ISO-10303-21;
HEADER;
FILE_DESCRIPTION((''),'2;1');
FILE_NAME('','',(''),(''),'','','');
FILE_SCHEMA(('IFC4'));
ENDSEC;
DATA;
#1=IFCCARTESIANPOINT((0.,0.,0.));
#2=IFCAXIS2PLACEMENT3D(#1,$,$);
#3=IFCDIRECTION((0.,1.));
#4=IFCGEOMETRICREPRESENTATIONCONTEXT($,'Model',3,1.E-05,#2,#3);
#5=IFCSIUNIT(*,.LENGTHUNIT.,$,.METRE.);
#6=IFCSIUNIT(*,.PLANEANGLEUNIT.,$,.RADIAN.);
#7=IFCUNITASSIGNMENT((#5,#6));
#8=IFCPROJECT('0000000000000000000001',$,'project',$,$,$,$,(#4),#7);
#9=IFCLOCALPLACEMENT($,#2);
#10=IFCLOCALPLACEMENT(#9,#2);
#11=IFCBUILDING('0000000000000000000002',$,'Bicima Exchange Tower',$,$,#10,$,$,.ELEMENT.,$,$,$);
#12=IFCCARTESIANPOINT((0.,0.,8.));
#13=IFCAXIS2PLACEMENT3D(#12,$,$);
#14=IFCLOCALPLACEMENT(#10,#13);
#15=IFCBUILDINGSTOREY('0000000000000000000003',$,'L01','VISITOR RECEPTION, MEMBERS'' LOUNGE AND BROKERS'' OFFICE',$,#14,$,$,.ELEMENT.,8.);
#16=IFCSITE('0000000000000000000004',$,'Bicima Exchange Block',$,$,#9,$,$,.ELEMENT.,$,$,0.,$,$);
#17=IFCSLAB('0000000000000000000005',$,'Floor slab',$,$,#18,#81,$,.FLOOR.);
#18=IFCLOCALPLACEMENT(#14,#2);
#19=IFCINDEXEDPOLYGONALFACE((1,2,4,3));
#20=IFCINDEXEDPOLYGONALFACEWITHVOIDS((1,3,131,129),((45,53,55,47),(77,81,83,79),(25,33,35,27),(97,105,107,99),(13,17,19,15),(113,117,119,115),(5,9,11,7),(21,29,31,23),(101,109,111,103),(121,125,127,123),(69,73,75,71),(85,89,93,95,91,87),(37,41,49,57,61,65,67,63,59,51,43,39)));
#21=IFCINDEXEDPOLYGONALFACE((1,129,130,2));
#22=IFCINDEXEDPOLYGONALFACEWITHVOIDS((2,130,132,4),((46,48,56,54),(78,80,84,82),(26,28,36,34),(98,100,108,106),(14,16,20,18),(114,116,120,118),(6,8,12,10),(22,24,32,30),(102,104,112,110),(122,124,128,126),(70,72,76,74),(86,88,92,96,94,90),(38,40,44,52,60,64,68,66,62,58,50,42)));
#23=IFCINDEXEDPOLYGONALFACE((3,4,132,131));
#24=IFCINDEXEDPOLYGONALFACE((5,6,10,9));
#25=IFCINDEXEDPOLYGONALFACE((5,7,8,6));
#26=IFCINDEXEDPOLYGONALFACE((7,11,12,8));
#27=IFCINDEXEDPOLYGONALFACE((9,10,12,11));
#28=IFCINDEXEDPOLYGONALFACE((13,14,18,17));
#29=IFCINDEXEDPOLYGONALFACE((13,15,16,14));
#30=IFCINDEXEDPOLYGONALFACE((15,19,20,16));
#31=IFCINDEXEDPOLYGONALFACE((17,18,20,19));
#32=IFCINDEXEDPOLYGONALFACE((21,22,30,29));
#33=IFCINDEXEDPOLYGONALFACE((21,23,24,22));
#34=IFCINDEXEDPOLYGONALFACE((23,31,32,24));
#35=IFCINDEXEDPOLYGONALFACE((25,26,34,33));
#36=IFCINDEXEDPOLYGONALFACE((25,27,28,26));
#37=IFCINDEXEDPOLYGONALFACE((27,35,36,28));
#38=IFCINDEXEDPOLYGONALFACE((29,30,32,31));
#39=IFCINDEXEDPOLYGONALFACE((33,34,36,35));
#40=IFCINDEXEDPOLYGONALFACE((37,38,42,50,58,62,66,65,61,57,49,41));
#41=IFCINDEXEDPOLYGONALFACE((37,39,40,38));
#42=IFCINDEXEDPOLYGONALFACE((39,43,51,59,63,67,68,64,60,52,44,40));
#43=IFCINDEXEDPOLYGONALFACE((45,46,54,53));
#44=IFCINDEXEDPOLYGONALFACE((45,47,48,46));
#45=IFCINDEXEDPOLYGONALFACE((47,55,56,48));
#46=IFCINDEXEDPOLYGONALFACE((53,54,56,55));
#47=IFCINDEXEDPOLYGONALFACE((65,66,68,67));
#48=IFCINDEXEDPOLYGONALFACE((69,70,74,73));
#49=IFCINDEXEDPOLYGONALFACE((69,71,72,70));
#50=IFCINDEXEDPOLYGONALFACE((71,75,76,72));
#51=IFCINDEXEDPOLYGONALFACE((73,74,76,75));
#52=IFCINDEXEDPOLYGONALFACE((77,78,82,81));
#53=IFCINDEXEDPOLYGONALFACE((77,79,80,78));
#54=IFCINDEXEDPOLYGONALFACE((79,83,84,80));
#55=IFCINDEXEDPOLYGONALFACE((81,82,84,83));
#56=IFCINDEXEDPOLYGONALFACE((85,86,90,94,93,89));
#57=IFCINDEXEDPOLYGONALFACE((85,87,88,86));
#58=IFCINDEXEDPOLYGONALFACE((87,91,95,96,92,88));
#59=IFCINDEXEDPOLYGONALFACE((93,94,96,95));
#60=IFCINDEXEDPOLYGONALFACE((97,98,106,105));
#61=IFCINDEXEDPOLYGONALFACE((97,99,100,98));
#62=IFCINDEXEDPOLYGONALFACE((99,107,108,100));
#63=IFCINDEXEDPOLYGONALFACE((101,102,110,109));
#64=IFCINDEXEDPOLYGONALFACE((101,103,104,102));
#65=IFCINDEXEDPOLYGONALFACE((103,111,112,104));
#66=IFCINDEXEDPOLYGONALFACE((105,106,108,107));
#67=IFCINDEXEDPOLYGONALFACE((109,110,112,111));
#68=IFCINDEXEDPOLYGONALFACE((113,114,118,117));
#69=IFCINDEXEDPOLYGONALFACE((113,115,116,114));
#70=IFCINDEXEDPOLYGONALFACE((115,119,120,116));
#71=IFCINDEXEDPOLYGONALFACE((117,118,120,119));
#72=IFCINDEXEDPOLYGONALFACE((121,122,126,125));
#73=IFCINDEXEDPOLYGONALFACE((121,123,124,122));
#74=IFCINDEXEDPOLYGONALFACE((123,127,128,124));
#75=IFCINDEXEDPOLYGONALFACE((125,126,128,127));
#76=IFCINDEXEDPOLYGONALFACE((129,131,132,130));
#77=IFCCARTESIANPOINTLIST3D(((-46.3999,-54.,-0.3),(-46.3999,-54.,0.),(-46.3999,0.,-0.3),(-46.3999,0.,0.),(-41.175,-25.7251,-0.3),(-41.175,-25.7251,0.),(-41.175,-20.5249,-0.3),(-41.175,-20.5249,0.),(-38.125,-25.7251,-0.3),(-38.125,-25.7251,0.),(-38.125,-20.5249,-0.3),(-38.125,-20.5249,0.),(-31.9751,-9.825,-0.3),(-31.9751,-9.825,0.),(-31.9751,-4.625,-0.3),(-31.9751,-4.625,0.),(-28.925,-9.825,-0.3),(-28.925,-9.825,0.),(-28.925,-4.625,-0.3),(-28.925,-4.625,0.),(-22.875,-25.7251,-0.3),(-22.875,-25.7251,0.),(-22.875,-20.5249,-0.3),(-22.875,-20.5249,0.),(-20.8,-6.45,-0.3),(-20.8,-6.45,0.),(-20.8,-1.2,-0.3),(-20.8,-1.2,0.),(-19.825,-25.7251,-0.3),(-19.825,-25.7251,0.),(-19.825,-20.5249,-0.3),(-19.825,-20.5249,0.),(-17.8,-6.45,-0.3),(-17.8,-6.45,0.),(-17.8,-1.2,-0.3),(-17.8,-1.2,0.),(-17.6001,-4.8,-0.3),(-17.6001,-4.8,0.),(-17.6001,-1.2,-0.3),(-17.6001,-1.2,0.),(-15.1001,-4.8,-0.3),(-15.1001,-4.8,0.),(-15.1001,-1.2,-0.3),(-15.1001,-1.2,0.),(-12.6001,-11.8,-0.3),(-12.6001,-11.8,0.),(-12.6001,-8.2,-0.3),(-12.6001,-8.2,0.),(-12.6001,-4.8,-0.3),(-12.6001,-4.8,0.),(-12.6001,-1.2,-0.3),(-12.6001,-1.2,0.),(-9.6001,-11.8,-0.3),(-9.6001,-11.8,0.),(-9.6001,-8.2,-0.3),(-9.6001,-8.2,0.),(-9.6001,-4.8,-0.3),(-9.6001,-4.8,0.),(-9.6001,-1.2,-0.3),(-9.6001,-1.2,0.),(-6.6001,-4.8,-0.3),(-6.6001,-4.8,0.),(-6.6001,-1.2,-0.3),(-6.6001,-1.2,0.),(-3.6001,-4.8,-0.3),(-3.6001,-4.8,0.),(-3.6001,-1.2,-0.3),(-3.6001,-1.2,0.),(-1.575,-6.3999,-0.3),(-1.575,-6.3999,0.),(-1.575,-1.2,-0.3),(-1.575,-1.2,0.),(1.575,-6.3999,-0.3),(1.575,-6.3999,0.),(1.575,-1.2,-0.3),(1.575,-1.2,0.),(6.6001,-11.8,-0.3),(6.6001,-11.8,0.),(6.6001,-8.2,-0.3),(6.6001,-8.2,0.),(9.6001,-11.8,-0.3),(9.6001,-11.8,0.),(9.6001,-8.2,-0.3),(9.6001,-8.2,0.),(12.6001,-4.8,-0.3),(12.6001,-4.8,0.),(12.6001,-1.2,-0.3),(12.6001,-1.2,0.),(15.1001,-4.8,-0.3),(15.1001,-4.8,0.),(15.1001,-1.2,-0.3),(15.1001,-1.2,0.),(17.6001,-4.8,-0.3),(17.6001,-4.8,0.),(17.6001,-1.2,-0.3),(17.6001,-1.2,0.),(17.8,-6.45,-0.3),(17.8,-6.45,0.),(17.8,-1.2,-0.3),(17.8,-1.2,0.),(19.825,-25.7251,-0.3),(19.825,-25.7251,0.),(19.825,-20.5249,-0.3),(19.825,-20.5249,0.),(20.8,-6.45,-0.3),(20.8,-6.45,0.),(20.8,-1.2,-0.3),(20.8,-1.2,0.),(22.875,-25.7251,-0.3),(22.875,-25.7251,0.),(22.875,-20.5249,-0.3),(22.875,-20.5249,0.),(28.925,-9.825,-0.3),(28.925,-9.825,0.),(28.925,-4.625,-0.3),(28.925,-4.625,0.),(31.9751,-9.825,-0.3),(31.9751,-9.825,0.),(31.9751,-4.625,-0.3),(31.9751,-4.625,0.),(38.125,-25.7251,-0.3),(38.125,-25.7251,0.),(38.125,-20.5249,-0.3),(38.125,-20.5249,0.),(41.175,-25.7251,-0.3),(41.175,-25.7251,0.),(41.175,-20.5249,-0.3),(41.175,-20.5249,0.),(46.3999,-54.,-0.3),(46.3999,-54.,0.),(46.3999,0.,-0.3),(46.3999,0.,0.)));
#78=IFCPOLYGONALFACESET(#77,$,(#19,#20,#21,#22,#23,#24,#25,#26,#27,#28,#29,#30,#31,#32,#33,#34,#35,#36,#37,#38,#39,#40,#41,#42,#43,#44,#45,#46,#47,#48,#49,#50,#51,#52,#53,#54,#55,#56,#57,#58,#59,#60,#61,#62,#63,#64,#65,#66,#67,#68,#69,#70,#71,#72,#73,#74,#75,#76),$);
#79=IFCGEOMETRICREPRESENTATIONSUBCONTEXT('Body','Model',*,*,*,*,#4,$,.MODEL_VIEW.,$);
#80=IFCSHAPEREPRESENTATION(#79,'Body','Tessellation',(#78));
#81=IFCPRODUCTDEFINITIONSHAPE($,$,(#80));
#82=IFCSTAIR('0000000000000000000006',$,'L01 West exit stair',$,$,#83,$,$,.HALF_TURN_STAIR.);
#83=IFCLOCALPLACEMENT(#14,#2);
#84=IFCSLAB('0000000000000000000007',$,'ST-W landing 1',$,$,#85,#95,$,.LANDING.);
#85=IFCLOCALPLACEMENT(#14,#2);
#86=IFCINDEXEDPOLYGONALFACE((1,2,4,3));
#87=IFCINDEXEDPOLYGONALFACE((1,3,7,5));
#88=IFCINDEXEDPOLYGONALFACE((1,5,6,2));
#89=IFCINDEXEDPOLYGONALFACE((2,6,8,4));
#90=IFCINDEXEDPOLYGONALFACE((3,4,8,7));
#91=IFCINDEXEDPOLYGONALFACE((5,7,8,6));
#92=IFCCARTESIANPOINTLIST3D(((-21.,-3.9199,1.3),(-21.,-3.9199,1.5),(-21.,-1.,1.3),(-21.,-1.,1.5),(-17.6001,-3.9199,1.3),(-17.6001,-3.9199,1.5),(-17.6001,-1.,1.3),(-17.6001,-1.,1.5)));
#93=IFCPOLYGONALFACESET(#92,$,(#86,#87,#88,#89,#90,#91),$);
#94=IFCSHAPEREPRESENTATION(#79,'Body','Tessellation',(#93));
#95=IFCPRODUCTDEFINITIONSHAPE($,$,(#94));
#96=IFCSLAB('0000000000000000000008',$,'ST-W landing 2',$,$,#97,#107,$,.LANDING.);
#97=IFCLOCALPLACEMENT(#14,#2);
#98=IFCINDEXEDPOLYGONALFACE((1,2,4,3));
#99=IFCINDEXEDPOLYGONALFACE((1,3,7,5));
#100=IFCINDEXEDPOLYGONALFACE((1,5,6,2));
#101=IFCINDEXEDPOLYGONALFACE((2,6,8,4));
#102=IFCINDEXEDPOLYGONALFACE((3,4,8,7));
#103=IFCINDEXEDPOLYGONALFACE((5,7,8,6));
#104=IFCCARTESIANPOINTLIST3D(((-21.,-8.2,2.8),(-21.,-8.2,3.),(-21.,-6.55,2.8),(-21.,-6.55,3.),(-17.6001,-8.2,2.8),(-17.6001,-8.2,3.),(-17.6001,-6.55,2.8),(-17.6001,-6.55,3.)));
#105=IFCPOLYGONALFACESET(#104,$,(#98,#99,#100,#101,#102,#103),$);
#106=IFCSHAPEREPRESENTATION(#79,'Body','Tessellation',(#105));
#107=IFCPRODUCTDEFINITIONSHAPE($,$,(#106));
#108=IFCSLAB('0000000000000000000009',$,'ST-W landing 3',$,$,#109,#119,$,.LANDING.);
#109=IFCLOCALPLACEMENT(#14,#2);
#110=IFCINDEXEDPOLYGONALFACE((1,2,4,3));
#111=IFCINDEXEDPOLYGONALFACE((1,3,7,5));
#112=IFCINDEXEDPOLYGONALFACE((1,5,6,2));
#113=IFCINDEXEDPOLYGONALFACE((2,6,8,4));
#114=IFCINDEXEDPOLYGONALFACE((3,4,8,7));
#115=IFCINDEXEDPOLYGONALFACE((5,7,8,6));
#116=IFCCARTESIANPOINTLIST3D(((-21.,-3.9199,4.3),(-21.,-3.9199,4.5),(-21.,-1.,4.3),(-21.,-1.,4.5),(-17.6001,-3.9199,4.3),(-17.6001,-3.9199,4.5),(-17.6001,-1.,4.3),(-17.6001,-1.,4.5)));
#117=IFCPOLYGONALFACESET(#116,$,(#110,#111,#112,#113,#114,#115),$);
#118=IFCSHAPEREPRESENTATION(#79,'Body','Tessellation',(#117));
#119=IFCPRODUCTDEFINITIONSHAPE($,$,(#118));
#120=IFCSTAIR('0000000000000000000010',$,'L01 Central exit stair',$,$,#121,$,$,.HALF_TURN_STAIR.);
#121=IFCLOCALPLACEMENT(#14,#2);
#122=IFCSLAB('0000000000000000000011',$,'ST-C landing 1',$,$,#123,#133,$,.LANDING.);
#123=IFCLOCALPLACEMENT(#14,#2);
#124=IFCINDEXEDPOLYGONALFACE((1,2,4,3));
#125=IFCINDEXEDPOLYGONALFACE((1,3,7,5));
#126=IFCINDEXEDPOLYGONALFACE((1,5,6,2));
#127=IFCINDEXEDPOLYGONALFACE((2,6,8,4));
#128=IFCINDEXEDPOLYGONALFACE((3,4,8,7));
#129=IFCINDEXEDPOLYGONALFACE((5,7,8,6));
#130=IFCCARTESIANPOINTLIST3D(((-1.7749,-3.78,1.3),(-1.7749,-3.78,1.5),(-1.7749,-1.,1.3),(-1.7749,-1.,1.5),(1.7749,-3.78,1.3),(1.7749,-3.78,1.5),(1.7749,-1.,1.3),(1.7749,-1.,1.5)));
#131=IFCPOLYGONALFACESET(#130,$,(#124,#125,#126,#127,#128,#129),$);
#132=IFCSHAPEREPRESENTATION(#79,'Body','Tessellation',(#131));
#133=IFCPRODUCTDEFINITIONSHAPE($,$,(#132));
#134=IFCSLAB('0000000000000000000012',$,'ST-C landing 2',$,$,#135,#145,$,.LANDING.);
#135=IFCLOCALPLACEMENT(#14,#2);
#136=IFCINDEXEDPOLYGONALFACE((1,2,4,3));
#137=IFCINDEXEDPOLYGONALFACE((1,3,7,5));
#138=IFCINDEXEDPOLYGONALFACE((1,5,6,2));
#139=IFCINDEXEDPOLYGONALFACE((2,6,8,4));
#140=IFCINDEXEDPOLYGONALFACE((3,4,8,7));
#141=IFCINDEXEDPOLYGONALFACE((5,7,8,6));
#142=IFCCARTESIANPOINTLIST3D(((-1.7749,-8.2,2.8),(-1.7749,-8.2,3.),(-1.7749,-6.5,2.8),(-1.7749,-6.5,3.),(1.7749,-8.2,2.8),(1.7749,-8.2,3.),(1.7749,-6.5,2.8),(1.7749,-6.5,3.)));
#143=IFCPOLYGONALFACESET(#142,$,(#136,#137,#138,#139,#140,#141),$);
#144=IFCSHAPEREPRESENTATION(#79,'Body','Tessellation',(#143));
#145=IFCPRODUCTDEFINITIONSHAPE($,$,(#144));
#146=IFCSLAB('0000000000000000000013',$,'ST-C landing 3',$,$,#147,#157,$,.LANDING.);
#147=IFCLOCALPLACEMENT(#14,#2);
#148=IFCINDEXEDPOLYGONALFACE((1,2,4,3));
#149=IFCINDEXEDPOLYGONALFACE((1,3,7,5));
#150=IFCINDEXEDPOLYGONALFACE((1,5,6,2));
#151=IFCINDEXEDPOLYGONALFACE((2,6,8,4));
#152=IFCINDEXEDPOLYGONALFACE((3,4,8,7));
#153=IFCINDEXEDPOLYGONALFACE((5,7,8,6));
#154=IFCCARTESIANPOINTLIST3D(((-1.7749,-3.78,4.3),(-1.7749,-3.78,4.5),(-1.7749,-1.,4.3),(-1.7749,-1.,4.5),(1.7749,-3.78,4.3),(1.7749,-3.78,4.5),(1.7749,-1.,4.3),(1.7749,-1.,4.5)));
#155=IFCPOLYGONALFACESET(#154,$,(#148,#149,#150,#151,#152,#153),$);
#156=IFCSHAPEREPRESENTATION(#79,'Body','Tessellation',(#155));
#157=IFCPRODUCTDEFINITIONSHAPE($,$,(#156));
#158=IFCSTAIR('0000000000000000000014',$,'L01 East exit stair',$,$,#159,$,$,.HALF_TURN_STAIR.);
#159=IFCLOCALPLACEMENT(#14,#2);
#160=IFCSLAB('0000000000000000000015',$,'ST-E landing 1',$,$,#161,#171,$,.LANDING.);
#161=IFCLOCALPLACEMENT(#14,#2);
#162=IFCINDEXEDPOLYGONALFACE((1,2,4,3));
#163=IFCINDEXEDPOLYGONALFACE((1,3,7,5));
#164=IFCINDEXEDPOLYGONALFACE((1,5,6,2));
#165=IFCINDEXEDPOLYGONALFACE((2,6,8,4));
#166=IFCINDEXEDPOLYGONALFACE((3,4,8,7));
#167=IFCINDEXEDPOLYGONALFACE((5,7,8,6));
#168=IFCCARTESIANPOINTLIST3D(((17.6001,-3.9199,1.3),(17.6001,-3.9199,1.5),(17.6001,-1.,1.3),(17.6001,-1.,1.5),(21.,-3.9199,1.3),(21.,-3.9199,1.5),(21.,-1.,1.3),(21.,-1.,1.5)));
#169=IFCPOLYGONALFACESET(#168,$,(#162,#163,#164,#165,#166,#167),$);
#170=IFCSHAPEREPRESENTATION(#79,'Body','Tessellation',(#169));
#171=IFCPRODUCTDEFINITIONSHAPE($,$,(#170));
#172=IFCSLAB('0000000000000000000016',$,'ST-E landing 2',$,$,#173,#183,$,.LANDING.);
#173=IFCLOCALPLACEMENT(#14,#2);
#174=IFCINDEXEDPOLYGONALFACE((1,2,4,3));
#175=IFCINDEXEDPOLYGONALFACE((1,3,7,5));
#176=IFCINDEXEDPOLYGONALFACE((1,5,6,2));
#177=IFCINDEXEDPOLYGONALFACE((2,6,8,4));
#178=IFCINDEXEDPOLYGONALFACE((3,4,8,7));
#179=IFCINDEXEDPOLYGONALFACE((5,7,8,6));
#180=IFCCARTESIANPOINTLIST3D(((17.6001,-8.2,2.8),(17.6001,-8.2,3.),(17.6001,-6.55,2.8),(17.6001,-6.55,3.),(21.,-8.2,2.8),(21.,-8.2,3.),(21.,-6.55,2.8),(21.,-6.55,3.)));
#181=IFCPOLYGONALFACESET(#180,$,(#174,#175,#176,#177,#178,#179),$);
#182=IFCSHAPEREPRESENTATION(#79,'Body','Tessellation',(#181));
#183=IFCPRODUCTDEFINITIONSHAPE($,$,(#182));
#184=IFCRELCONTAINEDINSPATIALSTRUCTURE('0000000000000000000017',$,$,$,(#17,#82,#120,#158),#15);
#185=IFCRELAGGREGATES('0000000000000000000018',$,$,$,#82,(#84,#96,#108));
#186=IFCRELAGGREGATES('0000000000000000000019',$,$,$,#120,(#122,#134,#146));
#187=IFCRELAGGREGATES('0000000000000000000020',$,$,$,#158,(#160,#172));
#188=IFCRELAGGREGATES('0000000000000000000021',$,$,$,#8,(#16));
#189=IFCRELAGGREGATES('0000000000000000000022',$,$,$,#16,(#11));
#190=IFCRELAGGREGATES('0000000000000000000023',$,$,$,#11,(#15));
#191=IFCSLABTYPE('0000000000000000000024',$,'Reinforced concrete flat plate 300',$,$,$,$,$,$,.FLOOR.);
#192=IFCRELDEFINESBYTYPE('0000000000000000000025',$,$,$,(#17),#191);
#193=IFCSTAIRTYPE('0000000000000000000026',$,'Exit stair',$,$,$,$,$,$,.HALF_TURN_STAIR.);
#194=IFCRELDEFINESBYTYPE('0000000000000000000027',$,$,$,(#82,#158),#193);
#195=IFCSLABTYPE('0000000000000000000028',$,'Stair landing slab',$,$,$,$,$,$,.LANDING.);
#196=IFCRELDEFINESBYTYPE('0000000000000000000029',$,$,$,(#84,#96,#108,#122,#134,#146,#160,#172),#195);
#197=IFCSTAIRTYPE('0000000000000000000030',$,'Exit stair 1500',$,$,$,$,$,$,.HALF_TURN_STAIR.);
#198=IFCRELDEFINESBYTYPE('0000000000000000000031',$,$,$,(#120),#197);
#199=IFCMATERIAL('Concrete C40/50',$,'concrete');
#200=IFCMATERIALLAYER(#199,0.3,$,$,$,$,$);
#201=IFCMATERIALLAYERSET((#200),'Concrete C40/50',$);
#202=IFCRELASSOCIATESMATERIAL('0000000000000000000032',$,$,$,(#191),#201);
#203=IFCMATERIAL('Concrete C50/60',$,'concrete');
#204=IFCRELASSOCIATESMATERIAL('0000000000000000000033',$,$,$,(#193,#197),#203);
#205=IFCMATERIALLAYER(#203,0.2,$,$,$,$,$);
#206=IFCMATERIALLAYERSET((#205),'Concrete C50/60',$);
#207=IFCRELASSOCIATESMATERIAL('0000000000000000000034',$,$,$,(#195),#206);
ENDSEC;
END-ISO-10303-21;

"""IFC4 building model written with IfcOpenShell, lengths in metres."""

from ifc_helpers import new_model, si_unit, direction, frame, origin, place, context, subcontext, project, spatial, polyline, outline, extrude, material, layer, layer_set, type_object, element, aggregate, save


model = new_model("IFC4")

# Units and contexts
model_context = context("Model", 3, precision=1e-05, world=origin(), true_north=direction((0.0, 1.0)))
body_context = subcontext(model_context, "Body", "Model", "MODEL_VIEW")
ifc_project = project(units=[si_unit("LENGTHUNIT", "METRE"), si_unit("PLANEANGLEUNIT", "RADIAN")], contexts=[model_context])

# Site, building, storey
site_placement = place(None, origin())
site = spatial("IfcSite", under=ifc_project, at=site_placement, Name="Bicima Exchange Block", CompositionType="ELEMENT", RefElevation=0.0)
building_placement = place(site_placement, origin())
building = spatial("IfcBuilding", under=site, at=building_placement, Name="Bicima Exchange Tower", CompositionType="ELEMENT")
storey_placement = place(building_placement, frame((0.0, 0.0, 8.0)))
storey = spatial("IfcBuildingStorey", under=building, at=storey_placement, Name="L01", Description="VISITOR RECEPTION, MEMBERS' LOUNGE AND BROKERS' OFFICE", CompositionType="ELEMENT", Elevation=8.0)

# Slab
ifc_material_1 = material(Name="Concrete C40/50", Category="concrete")
ifc_layer_1 = layer(ifc_material_1, 0.3)
ifc_layer_set_1 = layer_set([ifc_layer_1], Name="Concrete C40/50")
slab_type_1 = type_object("IfcSlabType", Name="Reinforced concrete flat plate 300", PredefinedType="FLOOR", material=ifc_layer_set_1)
slab_1_placement = place(storey_placement, frame((0.0, 0.0, -0.3)))
element("IfcSlab", 1, at=slab_1_placement, inside=storey, type_object=slab_type_1, Name="Floor slab", PredefinedType="FLOOR", context=body_context, shape_type="SweptSolid", body=[
    extrude(outline(polyline([(-46.3999, 0.0), (46.3999, 0.0), (46.3999, -54.0), (-46.3999, -54.0), (-46.3999, 0.0)]), holes=[polyline([(-41.175, -25.7251), (-38.125, -25.7251), (-38.125, -20.5249), (-41.175, -20.5249), (-41.175, -25.7251)]), polyline([(-22.875, -25.7251), (-19.825, -25.7251), (-19.825, -20.5249), (-22.875, -20.5249), (-22.875, -25.7251)]), polyline([(-12.6001, -11.8), (-9.6001, -11.8), (-9.6001, -8.2), (-12.6001, -8.2), (-12.6001, -11.8)]), polyline([(-31.9751, -9.825), (-28.925, -9.825), (-28.925, -4.625), (-31.9751, -4.625), (-31.9751, -9.825)]), polyline([(-20.8, -6.45), (-17.8, -6.45), (-17.8, -1.2), (-20.8, -1.2), (-20.8, -6.45)]), polyline([(-17.6001, -1.2), (-17.6001, -4.8), (-15.1001, -4.8), (-12.6001, -4.8), (-9.6001, -4.8), (-6.6001, -4.8), (-3.6001, -4.8), (-3.6001, -1.2), (-6.6001, -1.2), (-9.6001, -1.2), (-12.6001, -1.2), (-15.1001, -1.2), (-17.6001, -1.2)]), polyline([(19.825, -25.7251), (22.875, -25.7251), (22.875, -20.5249), (19.825, -20.5249), (19.825, -25.7251)]), polyline([(38.125, -25.7251), (41.175, -25.7251), (41.175, -20.5249), (38.125, -20.5249), (38.125, -25.7251)]), polyline([(6.6001, -11.8), (9.6001, -11.8), (9.6001, -8.2), (6.6001, -8.2), (6.6001, -11.8)]), polyline([(28.925, -9.825), (31.9751, -9.825), (31.9751, -4.625), (28.925, -4.625), (28.925, -9.825)]), polyline([(17.8, -6.45), (20.8, -6.45), (20.8, -1.2), (17.8, -1.2), (17.8, -6.45)]), polyline([(-1.575, -6.3999), (1.575, -6.3999), (1.575, -1.2), (-1.575, -1.2), (-1.575, -6.3999)]), polyline([(15.1001, -4.8), (17.6001, -4.8), (17.6001, -1.2), (15.1001, -1.2), (12.6001, -1.2), (12.6001, -4.8), (15.1001, -4.8)])]), origin(), (0.0, 0.0, 1.0), 0.3),
])

# Stairs, slabs
ifc_material_2 = material(Name="Concrete C50/60", Category="concrete")
stair_type_1 = type_object("IfcStairType", Name="Exit stair", PredefinedType="HALF_TURN_STAIR", material=ifc_material_2)
stair_1_placement = place(storey_placement, origin())
stair_1 = element("IfcStair", 2, at=stair_1_placement, inside=storey, type_object=stair_type_1, Name="L01 West exit stair", PredefinedType="HALF_TURN_STAIR")
ifc_layer_2 = layer(ifc_material_2, 0.2)
ifc_layer_set_2 = layer_set([ifc_layer_2], Name="Concrete C50/60")
slab_type_2 = type_object("IfcSlabType", Name="Stair landing slab", PredefinedType="LANDING", material=ifc_layer_set_2)
slab_2_placement = place(storey_placement, frame((0.0, 0.0, 1.3)))
slab_2 = element("IfcSlab", 3, at=slab_2_placement, type_object=slab_type_2, Name="ST-W landing 1", PredefinedType="LANDING", context=body_context, shape_type="SweptSolid", body=[
    extrude(outline(polyline([(-17.6001, -3.9199), (-17.6001, -1.0), (-21.0, -1.0), (-21.0, -3.9199), (-17.6001, -3.9199)])), origin(), (0.0, 0.0, 1.0), 0.2),
])
slab_3_placement = place(storey_placement, frame((0.0, 0.0, 2.8)))
slab_3 = element("IfcSlab", 4, at=slab_3_placement, type_object=slab_type_2, Name="ST-W landing 2", PredefinedType="LANDING", context=body_context, shape_type="SweptSolid", body=[
    extrude(outline(polyline([(-17.6001, -8.2), (-17.6001, -6.55), (-21.0, -6.55), (-21.0, -8.2), (-17.6001, -8.2)])), origin(), (0.0, 0.0, 1.0), 0.2),
])
slab_4_placement = place(storey_placement, frame((0.0, 0.0, 4.3)))
slab_4 = element("IfcSlab", 5, at=slab_4_placement, type_object=slab_type_2, Name="ST-W landing 3", PredefinedType="LANDING", context=body_context, shape_type="SweptSolid", body=[
    extrude(outline(polyline([(-17.6001, -3.9199), (-17.6001, -1.0), (-21.0, -1.0), (-21.0, -3.9199), (-17.6001, -3.9199)])), origin(), (0.0, 0.0, 1.0), 0.2),
])
aggregate(stair_1, [slab_2, slab_3, slab_4])
stair_type_2 = type_object("IfcStairType", Name="Exit stair 1500", PredefinedType="HALF_TURN_STAIR", material=ifc_material_2)
stair_2_placement = place(storey_placement, origin())
stair_2 = element("IfcStair", 6, at=stair_2_placement, inside=storey, type_object=stair_type_2, Name="L01 Central exit stair", PredefinedType="HALF_TURN_STAIR")
slab_5_placement = place(storey_placement, frame((0.0, 0.0, 1.3)))
slab_5 = element("IfcSlab", 7, at=slab_5_placement, type_object=slab_type_2, Name="ST-C landing 1", PredefinedType="LANDING", context=body_context, shape_type="SweptSolid", body=[
    extrude(outline(polyline([(1.7749, -3.78), (1.7749, -1.0), (-1.7749, -1.0), (-1.7749, -3.78), (1.7749, -3.78)])), origin(), (0.0, 0.0, 1.0), 0.2),
])
slab_6_placement = place(storey_placement, frame((0.0, 0.0, 2.8)))
slab_6 = element("IfcSlab", 8, at=slab_6_placement, type_object=slab_type_2, Name="ST-C landing 2", PredefinedType="LANDING", context=body_context, shape_type="SweptSolid", body=[
    extrude(outline(polyline([(1.7749, -8.2), (1.7749, -6.5), (-1.7749, -6.5), (-1.7749, -8.2), (1.7749, -8.2)])), origin(), (0.0, 0.0, 1.0), 0.2),
])
slab_7_placement = place(storey_placement, frame((0.0, 0.0, 4.3)))
slab_7 = element("IfcSlab", 9, at=slab_7_placement, type_object=slab_type_2, Name="ST-C landing 3", PredefinedType="LANDING", context=body_context, shape_type="SweptSolid", body=[
    extrude(outline(polyline([(1.7749, -3.78), (1.7749, -1.0), (-1.7749, -1.0), (-1.7749, -3.78), (1.7749, -3.78)])), origin(), (0.0, 0.0, 1.0), 0.2),
])
aggregate(stair_2, [slab_5, slab_6, slab_7])
stair_3_placement = place(storey_placement, origin())
stair_3 = element("IfcStair", 10, at=stair_3_placement, inside=storey, type_object=stair_type_1, Name="L01 East exit stair", PredefinedType="HALF_TURN_STAIR")
slab_8_placement = place(storey_placement, frame((0.0, 0.0, 1.3)))
slab_8 = element("IfcSlab", 11, at=slab_8_placement, type_object=slab_type_2, Name="ST-E landing 1", PredefinedType="LANDING", context=body_context, shape_type="SweptSolid", body=[
    extrude(outline(polyline([(21.0, -3.9199), (21.0, -1.0), (17.6001, -1.0), (17.6001, -3.9199), (21.0, -3.9199)])), origin(), (0.0, 0.0, 1.0), 0.2),
])
slab_9_placement = place(storey_placement, frame((0.0, 0.0, 2.8)))
slab_9 = element("IfcSlab", 12, at=slab_9_placement, type_object=slab_type_2, Name="ST-E landing 2", PredefinedType="LANDING", context=body_context, shape_type="SweptSolid", body=[
    extrude(outline(polyline([(21.0, -8.2), (21.0, -6.55), (17.6001, -6.55), (17.6001, -8.2), (21.0, -8.2)])), origin(), (0.0, 0.0, 1.0), 0.2),
])
aggregate(stair_3, [slab_8, slab_9])

save(model, "model.ifc")
